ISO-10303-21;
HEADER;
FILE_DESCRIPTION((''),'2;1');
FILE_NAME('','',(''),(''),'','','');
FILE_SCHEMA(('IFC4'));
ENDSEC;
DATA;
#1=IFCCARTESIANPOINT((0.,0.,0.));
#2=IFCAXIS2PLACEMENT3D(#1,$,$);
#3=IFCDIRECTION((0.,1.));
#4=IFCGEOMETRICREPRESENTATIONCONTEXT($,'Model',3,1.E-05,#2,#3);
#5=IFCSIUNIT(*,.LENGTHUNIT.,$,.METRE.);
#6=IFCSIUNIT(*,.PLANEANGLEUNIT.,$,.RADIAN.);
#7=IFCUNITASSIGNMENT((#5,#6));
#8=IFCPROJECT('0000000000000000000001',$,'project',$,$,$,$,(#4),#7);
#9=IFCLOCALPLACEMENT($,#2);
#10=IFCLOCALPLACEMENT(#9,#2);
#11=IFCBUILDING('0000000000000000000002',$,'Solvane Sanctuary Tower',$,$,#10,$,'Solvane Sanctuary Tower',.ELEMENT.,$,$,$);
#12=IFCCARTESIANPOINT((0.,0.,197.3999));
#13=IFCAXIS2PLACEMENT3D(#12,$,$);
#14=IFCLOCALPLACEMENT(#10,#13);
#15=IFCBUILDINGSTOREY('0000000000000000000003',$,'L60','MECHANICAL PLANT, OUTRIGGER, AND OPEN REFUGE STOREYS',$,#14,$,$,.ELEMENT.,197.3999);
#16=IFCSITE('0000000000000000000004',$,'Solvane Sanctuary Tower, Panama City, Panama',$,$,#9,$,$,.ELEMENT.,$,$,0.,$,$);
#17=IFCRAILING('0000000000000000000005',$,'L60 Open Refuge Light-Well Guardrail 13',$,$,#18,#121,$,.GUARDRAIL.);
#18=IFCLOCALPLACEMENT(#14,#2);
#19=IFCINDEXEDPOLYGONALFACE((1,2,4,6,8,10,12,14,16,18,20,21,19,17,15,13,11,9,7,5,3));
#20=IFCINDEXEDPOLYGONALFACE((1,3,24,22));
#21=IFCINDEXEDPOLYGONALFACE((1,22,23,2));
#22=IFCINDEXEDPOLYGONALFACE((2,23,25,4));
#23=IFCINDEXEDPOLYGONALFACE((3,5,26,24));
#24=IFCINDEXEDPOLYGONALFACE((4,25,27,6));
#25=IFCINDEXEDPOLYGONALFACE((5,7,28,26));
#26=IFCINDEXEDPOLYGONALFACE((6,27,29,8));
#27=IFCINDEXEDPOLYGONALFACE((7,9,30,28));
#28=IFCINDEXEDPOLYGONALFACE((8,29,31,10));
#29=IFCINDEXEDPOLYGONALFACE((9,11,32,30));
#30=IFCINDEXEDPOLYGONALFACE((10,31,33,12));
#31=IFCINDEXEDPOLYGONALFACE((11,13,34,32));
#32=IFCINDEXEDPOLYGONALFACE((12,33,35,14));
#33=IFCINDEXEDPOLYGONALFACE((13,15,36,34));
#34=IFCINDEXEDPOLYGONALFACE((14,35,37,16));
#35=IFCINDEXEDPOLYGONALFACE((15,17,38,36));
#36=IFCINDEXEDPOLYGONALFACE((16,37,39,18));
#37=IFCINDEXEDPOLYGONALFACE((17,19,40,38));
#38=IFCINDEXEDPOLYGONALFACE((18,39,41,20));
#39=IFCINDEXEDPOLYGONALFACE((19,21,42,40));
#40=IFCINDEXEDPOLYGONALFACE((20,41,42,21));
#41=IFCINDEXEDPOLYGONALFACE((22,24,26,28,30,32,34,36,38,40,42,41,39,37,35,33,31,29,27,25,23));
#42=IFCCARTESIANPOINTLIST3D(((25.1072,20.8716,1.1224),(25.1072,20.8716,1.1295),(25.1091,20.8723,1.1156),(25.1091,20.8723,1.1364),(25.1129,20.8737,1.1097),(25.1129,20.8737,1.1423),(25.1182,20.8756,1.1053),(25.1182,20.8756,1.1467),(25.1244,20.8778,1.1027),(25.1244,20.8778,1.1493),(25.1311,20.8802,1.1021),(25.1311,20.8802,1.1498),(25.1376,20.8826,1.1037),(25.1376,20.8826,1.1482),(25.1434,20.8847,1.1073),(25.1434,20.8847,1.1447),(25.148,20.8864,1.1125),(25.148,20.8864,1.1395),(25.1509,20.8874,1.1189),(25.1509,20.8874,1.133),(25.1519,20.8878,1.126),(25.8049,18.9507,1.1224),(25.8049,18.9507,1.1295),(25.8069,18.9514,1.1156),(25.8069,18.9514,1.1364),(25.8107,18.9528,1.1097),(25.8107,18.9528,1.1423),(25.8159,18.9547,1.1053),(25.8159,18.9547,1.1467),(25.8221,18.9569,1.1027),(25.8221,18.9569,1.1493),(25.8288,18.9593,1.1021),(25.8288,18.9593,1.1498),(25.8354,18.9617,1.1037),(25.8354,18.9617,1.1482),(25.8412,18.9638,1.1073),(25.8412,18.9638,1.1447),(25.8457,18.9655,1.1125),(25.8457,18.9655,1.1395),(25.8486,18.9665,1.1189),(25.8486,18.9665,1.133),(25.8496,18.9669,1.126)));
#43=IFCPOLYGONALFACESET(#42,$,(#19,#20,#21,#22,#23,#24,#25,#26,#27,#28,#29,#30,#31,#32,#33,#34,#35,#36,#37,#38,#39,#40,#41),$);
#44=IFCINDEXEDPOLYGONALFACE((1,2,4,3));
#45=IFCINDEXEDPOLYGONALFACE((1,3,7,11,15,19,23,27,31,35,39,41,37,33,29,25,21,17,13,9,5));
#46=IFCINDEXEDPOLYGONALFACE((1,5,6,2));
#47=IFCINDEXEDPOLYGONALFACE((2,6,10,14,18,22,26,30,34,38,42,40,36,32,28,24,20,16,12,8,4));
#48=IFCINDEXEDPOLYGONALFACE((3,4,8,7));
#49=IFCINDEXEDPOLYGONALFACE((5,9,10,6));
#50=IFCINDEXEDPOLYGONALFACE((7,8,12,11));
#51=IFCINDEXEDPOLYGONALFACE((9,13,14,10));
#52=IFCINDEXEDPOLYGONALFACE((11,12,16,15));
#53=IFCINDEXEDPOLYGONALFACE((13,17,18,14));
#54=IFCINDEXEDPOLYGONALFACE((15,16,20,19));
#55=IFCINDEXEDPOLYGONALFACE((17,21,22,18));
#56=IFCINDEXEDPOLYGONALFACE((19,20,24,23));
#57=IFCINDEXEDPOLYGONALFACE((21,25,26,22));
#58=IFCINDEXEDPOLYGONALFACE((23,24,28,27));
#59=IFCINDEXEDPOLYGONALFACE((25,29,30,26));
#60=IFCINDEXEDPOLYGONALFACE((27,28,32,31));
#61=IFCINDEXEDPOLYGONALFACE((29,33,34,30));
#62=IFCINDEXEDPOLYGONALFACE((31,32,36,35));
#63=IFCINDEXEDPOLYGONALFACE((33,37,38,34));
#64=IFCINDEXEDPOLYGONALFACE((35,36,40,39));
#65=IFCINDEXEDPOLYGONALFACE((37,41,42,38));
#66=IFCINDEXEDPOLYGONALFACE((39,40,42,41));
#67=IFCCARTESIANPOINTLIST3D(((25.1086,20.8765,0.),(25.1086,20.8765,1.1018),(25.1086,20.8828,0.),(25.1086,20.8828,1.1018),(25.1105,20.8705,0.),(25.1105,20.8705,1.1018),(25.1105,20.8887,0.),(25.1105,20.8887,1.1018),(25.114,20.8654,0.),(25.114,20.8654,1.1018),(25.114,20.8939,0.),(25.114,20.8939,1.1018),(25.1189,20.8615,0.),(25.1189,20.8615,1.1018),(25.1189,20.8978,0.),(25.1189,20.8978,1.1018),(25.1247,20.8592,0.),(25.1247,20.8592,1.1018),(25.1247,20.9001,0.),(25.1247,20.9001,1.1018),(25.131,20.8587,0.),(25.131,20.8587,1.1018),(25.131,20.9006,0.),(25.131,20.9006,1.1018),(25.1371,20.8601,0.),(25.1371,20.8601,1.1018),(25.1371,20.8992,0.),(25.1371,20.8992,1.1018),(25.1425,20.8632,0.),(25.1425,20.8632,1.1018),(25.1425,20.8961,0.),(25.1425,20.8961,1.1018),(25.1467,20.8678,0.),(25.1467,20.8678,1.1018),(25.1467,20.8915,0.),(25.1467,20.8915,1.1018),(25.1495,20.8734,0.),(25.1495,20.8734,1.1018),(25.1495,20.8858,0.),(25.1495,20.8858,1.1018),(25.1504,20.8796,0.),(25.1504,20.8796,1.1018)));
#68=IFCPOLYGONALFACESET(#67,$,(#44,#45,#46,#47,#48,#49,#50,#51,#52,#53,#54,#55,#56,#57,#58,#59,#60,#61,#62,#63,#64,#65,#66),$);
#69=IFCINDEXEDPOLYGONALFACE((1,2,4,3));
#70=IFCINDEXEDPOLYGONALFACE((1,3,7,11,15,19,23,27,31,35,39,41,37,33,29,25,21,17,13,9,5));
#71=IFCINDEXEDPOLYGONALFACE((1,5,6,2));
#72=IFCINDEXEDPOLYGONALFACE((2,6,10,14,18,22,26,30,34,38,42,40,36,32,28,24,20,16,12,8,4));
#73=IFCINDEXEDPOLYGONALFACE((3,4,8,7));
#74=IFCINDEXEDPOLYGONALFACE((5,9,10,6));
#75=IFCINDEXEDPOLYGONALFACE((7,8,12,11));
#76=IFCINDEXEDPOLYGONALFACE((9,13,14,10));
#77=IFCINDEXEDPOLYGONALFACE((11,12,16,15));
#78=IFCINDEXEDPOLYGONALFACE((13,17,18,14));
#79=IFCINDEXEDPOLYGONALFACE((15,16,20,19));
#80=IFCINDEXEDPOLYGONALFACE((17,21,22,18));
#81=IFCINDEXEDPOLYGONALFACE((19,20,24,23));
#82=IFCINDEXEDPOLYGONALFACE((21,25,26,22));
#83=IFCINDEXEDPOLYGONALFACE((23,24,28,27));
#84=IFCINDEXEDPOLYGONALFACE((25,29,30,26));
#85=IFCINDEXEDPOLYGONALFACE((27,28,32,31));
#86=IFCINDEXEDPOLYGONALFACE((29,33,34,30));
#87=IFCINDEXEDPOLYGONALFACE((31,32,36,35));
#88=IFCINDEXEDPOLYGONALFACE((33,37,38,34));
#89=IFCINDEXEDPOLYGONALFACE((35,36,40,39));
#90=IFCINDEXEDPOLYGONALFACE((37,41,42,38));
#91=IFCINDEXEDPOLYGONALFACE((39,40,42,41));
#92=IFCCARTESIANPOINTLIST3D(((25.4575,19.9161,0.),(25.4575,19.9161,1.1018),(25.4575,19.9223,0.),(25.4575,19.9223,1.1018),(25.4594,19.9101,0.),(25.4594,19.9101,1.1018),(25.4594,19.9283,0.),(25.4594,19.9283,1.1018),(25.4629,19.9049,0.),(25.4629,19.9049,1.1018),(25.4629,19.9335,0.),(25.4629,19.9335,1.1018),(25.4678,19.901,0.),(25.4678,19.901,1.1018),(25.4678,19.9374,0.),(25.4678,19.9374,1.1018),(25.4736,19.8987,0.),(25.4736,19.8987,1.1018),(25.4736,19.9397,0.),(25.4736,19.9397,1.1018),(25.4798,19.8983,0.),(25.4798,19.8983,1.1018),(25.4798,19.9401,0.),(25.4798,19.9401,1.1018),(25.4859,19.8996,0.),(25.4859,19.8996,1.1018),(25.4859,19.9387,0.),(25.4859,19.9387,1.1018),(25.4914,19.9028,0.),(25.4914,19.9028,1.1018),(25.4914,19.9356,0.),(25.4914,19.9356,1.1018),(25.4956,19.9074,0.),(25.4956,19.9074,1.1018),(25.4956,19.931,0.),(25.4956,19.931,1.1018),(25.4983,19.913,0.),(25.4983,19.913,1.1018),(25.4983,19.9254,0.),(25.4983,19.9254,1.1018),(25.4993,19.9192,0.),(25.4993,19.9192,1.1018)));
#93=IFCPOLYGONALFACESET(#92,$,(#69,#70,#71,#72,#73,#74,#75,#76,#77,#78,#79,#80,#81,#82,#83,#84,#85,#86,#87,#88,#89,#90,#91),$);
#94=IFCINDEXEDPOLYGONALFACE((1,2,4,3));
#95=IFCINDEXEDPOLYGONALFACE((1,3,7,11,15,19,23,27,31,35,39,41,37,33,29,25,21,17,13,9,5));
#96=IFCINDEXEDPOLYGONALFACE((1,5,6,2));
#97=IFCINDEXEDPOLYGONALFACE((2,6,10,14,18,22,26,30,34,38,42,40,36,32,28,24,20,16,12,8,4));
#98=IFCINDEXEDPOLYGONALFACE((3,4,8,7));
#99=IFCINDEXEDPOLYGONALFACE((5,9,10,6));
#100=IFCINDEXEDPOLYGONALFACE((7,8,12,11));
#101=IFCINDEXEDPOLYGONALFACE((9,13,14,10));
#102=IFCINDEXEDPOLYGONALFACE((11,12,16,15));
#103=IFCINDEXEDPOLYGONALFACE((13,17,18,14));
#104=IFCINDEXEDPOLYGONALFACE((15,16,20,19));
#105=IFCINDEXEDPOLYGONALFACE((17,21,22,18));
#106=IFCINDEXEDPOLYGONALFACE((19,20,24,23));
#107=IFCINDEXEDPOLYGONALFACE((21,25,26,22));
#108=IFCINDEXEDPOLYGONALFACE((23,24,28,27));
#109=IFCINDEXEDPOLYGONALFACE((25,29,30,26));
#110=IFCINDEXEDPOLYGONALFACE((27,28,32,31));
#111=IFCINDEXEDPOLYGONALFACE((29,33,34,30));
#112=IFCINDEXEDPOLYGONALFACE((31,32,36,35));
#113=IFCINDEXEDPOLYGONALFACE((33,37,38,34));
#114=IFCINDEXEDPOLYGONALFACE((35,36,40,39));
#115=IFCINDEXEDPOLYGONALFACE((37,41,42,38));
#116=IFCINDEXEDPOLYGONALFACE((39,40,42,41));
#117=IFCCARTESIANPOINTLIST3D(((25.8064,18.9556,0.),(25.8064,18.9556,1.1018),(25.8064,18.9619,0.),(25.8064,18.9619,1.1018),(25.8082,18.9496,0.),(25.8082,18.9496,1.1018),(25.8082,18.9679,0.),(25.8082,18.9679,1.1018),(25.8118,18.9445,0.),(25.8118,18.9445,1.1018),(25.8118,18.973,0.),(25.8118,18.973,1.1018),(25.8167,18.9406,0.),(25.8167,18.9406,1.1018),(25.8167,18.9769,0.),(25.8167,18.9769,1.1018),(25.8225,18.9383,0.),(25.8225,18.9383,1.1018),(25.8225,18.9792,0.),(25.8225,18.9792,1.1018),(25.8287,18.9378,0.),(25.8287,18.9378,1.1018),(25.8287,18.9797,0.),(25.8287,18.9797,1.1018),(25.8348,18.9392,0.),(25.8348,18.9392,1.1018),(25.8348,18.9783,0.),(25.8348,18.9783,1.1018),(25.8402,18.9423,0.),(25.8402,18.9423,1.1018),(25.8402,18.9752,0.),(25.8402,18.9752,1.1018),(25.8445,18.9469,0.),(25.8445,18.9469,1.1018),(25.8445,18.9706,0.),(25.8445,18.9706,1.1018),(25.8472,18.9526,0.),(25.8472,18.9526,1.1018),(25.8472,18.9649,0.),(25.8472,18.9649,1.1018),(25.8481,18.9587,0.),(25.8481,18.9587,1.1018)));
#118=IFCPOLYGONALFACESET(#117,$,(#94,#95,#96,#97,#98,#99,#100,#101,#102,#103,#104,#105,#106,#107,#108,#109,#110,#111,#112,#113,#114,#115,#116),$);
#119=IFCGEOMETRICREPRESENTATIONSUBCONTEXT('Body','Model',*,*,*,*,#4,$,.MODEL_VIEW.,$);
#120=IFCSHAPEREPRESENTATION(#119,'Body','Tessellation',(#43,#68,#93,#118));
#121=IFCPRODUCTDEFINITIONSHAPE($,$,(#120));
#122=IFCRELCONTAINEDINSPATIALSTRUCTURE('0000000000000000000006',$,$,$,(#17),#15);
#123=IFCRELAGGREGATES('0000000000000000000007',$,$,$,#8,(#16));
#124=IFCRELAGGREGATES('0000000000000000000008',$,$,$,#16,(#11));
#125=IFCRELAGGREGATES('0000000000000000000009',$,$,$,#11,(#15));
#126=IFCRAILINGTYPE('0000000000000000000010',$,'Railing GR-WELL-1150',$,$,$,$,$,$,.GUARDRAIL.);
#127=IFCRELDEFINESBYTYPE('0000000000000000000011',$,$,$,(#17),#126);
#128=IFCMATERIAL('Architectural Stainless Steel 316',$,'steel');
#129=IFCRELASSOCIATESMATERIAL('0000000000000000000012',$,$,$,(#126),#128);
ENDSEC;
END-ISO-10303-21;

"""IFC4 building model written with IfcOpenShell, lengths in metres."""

from ifc_helpers import new_model, si_unit, direction, frame, origin, origin_2d, place, context, subcontext, project, spatial, circle, extrude, material, type_object, element, save


model = new_model("IFC4")

# Units and contexts
model_context = context("Model", 3, precision=1e-05, world=origin(), true_north=direction((0.0, 1.0)))
body_context = subcontext(model_context, "Body", "Model", "MODEL_VIEW")
ifc_project = project(units=[si_unit("LENGTHUNIT", "METRE"), si_unit("PLANEANGLEUNIT", "RADIAN")], contexts=[model_context])

# Site, building, storey
site_placement = place(None, origin())
site = spatial("IfcSite", under=ifc_project, at=site_placement, Name="Solvane Sanctuary Tower, Panama City, Panama", CompositionType="ELEMENT", RefElevation=0.0)
building_placement = place(site_placement, origin())
building = spatial("IfcBuilding", under=site, at=building_placement, Name="Solvane Sanctuary Tower", LongName="Solvane Sanctuary Tower", CompositionType="ELEMENT")
storey_placement = place(building_placement, frame((0.0, 0.0, 197.3999)))
storey = spatial("IfcBuildingStorey", under=building, at=storey_placement, Name="L60", Description="MECHANICAL PLANT, OUTRIGGER, AND OPEN REFUGE STOREYS", CompositionType="ELEMENT", Elevation=197.3999)

# Shared definitions
ifc_material_1 = material(Name="Architectural Stainless Steel 316", Category="steel")

# Railing
railing_type_1 = type_object("IfcRailingType", Name="Railing GR-WELL-1150", PredefinedType="GUARDRAIL", material=ifc_material_1)
railing_1_placement = place(storey_placement, frame((25.1294, 20.8796, 0.0)))
element("IfcRailing", 1, at=railing_1_placement, inside=storey, type_object=railing_type_1, Name="L60 Open Refuge Light-Well Guardrail 13", PredefinedType="GUARDRAIL", context=body_context, shape_type="SweptSolid", body=[
    extrude(circle(Radius=0.0239, at=origin_2d()), frame((0.0, 0.0, 1.126), z_axis=(0.341417, -0.939912, 0.0), x_axis=(0.939912, 0.341417, 0.0)), (0.0, 0.0, 1.0), 2.0437),
    extrude(circle(Radius=0.021, at=origin_2d()), origin(), (0.0, 0.0, 1.0), 1.1018),
    extrude(circle(Radius=0.021, at=origin_2d()), frame((0.3489, -0.9604, 0.0)), (0.0, 0.0, 1.0), 1.1018),
    extrude(circle(Radius=0.021, at=origin_2d()), frame((0.6978, -1.9209, 0.0)), (0.0, 0.0, 1.0), 1.1018),
])

save(model, "model.ifc")
